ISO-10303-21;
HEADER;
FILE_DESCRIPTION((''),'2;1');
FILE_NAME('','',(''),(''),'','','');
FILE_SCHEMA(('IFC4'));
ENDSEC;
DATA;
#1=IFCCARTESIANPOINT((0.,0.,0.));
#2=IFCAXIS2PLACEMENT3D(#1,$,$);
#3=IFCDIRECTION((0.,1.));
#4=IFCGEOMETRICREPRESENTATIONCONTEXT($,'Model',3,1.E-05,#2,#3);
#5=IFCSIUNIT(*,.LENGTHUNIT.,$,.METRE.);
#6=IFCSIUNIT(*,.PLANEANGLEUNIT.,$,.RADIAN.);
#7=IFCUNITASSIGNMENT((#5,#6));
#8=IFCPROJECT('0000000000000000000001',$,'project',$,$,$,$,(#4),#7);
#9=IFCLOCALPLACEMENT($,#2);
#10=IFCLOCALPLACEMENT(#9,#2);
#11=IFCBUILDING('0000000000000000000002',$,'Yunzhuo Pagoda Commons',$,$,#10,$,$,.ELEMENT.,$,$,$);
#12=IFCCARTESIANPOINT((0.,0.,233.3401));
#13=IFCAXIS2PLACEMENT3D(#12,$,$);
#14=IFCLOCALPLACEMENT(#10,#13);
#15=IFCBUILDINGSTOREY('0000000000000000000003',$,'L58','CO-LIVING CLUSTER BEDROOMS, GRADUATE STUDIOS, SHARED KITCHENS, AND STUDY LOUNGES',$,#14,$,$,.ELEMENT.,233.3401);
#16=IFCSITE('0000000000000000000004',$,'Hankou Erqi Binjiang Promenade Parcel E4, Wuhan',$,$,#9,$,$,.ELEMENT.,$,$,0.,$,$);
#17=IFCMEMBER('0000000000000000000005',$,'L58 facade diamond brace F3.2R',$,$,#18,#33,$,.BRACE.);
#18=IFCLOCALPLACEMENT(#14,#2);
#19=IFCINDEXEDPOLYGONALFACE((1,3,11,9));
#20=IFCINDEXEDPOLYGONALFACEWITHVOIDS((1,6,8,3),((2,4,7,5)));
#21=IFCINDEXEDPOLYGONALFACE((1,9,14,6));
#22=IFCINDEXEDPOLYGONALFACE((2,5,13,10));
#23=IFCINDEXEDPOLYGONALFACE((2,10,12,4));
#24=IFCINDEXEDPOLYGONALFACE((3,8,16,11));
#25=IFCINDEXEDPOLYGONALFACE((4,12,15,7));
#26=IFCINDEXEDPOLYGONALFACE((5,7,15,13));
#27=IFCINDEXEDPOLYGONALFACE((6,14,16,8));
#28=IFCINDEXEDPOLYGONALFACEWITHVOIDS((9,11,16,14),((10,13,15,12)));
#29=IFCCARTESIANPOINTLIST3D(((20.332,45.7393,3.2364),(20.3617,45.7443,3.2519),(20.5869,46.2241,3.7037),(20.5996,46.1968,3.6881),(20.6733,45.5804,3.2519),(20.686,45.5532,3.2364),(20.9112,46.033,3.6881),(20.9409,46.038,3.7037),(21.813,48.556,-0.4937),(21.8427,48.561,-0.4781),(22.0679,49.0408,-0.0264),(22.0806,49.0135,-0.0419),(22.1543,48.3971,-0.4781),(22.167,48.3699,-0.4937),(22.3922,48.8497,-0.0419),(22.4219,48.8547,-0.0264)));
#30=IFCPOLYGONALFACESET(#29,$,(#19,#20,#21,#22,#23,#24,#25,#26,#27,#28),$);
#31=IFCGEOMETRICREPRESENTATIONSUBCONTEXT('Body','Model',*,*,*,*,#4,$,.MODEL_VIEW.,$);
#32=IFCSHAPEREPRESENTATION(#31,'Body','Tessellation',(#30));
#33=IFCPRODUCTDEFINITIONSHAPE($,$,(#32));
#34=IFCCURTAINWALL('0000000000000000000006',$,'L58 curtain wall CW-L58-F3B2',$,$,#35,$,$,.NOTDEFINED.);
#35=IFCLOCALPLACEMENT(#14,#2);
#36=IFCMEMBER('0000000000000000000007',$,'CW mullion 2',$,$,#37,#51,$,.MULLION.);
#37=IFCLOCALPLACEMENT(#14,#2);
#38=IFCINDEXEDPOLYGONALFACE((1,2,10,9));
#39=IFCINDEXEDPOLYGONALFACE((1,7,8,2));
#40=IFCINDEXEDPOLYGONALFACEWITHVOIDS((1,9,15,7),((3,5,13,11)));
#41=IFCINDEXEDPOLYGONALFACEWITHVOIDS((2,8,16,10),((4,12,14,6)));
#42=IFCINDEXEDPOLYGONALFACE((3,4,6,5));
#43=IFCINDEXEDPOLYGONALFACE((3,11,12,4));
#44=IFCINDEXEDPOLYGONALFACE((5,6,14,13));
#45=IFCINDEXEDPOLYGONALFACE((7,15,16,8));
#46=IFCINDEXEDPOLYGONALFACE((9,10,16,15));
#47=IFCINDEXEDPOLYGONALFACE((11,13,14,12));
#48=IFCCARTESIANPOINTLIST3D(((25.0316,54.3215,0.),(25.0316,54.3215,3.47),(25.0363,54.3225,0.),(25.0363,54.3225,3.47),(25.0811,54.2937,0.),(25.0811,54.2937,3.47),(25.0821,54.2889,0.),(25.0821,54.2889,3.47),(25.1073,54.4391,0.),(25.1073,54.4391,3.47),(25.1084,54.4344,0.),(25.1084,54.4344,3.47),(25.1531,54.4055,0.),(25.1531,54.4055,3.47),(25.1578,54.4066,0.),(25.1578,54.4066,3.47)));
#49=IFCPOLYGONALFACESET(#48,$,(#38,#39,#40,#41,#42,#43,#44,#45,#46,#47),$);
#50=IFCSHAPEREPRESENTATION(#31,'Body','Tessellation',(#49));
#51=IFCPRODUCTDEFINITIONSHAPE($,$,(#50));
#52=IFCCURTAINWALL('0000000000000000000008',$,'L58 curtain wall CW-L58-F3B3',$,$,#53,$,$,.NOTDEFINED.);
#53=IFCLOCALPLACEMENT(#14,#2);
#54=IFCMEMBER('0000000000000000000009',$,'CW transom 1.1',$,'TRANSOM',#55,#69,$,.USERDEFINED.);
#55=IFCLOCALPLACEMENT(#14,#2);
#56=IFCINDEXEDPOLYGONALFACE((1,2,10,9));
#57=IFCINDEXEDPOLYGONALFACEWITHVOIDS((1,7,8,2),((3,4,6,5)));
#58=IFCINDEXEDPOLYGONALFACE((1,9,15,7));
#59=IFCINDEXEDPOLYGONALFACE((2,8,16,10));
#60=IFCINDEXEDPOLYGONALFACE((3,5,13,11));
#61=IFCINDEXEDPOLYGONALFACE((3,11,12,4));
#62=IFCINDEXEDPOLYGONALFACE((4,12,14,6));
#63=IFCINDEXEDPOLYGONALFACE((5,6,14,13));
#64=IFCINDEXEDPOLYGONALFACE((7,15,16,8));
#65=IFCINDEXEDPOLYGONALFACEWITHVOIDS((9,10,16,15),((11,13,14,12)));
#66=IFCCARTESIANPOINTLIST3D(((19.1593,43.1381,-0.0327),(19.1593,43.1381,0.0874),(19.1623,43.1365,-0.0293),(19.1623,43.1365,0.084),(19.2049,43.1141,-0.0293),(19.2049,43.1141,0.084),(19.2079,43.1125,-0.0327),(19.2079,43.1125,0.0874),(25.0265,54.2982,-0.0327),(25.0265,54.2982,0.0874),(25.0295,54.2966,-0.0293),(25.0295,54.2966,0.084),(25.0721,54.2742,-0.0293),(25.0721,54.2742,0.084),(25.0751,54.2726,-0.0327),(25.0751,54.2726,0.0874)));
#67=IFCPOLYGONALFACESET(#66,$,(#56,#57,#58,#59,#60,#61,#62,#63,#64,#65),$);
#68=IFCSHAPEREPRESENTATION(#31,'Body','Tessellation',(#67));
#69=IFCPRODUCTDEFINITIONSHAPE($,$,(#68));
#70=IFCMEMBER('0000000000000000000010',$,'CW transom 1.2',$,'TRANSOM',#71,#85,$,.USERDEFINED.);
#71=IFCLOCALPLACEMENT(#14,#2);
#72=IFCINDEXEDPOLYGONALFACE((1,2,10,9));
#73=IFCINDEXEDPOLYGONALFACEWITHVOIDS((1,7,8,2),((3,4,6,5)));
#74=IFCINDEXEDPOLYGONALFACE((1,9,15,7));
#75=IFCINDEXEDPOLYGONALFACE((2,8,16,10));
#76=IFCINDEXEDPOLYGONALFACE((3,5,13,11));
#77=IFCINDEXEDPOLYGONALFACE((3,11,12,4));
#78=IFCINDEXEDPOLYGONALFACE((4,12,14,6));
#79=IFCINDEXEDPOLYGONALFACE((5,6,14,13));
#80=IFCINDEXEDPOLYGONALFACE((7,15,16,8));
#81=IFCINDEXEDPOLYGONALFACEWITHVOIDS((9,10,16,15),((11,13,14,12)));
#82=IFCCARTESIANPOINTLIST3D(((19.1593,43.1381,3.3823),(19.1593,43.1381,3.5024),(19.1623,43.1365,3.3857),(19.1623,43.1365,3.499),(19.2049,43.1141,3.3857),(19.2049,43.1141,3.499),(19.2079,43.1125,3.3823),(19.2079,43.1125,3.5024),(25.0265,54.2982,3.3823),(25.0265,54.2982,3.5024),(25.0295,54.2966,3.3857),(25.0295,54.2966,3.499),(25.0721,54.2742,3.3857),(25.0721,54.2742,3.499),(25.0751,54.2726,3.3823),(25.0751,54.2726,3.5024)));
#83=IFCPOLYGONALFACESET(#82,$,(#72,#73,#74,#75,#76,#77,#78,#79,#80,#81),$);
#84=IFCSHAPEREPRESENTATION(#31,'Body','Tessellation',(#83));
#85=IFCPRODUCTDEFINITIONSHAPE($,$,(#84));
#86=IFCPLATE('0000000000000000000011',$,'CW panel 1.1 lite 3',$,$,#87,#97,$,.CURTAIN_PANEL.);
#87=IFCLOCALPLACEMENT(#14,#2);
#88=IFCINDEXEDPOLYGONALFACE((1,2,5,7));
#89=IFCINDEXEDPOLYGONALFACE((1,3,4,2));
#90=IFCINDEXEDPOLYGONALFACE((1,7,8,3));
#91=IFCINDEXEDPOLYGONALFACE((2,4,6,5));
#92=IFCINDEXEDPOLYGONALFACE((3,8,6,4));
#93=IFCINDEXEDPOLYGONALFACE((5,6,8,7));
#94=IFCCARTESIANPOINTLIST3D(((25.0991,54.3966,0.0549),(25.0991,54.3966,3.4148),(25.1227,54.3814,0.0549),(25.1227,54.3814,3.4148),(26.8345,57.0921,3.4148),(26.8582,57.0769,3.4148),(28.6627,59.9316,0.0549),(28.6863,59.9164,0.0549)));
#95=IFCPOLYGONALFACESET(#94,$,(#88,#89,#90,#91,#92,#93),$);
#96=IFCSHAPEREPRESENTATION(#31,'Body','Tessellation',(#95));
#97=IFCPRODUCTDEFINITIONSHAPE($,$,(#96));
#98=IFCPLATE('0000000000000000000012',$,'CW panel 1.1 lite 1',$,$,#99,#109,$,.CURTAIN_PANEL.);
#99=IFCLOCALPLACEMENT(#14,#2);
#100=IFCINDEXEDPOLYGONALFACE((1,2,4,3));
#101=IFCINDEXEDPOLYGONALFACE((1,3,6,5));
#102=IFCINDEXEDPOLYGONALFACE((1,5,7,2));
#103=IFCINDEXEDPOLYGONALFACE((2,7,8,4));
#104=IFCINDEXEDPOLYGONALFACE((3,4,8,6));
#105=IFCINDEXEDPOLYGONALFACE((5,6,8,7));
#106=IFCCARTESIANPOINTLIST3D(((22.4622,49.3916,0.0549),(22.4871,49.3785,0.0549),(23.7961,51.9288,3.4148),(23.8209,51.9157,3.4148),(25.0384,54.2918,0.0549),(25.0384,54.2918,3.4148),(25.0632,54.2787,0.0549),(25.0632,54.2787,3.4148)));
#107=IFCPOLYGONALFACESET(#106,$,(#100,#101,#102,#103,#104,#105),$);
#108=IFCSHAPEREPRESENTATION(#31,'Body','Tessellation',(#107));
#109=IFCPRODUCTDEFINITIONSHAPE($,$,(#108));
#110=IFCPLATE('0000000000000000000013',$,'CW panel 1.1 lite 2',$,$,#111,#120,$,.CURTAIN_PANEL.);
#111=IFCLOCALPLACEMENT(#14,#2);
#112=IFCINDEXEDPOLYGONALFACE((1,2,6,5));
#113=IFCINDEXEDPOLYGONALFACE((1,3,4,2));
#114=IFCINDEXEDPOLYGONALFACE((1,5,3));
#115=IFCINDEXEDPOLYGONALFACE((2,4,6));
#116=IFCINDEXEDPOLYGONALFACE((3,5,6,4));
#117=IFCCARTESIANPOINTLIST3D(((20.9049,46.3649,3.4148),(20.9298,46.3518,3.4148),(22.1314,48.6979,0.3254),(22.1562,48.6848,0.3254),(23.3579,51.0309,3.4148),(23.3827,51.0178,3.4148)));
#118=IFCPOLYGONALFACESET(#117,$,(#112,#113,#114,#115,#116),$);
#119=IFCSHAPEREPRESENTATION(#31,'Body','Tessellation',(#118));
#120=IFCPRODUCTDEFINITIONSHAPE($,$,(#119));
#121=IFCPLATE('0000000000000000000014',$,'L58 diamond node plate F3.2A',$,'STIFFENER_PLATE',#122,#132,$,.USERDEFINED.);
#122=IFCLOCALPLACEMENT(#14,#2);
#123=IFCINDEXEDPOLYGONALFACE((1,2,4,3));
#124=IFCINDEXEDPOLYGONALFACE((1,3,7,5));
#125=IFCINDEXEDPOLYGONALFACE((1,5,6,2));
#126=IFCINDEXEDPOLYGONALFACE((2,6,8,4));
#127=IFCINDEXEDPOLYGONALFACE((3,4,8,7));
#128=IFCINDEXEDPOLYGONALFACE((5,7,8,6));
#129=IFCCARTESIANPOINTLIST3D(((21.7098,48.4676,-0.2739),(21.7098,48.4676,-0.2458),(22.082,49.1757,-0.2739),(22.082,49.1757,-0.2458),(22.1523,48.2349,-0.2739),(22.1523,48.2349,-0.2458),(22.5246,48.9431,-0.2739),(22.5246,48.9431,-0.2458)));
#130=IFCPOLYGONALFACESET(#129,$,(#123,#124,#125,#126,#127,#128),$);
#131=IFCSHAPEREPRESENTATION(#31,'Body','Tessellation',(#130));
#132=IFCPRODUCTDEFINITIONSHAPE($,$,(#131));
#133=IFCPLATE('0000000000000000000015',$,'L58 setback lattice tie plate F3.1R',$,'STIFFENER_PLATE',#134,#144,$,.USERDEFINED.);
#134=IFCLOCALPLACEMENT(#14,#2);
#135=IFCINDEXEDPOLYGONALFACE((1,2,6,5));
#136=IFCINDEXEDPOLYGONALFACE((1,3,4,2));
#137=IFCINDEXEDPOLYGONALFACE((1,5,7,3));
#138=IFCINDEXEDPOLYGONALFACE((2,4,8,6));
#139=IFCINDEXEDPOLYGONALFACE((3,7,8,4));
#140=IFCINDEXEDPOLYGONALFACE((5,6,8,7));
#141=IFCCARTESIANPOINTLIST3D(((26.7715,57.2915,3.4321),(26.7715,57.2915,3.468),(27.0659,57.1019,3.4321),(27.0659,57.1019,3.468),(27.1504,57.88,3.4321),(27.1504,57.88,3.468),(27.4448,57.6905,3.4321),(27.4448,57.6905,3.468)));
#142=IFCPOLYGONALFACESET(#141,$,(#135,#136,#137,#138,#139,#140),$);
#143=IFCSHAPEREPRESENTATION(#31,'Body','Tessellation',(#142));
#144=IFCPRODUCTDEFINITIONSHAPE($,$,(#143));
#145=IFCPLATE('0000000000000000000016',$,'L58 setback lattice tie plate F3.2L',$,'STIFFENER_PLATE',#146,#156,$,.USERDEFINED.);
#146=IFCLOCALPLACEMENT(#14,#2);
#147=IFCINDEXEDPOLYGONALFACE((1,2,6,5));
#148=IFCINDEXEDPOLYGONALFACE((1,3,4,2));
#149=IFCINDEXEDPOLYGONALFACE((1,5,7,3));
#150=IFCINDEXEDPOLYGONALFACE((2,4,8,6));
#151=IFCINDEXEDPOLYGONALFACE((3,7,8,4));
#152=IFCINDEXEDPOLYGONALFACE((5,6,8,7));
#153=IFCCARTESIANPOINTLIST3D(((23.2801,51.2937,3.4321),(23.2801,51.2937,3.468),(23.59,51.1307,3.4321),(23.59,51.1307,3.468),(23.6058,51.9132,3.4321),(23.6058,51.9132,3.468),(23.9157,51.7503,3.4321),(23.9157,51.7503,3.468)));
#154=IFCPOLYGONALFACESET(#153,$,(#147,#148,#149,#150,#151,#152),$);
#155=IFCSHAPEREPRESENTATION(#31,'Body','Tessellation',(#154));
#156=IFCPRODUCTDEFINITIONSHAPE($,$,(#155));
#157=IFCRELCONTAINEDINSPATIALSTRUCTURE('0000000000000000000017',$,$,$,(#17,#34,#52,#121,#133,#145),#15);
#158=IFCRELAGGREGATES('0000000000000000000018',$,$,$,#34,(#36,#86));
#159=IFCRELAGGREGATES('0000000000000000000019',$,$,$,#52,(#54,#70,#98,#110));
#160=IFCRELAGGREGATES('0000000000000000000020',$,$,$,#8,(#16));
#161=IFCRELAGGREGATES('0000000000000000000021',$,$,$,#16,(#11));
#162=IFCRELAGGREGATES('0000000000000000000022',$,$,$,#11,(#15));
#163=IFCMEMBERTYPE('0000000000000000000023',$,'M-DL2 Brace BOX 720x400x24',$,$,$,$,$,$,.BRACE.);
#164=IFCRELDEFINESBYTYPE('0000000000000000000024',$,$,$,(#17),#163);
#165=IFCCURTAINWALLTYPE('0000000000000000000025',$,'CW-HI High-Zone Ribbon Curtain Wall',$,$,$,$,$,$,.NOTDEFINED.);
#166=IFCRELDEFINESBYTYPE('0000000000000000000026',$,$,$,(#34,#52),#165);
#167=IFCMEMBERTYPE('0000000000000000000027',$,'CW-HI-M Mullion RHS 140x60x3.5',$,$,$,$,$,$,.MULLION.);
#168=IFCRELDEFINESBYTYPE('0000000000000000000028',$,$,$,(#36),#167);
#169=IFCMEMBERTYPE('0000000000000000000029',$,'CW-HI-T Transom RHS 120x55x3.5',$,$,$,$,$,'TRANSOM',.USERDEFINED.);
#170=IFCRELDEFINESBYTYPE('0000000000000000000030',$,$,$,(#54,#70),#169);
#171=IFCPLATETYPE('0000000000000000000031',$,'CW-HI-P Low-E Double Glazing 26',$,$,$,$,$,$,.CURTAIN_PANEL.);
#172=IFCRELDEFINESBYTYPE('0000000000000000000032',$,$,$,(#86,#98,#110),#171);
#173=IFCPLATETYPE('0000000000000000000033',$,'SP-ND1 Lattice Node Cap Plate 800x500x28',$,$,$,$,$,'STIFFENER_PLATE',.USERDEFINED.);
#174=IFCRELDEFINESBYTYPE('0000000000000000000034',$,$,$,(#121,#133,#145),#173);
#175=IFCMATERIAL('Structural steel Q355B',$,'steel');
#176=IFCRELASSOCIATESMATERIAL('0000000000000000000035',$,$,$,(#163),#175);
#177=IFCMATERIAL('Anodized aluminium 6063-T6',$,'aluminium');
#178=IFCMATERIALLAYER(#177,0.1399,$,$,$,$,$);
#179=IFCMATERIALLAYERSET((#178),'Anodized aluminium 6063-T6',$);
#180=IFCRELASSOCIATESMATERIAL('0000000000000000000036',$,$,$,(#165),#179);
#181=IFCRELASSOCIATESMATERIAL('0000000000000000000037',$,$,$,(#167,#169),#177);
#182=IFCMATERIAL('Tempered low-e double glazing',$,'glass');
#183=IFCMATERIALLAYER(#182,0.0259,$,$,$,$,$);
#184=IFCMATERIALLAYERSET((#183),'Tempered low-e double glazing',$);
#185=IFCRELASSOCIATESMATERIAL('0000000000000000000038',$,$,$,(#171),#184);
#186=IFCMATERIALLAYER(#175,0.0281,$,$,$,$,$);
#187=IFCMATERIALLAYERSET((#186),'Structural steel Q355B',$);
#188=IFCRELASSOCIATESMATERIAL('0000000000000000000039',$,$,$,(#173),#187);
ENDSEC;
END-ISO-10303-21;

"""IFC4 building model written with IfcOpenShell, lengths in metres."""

from ifc_helpers import new_model, si_unit, direction, frame, origin, origin_2d, place, context, subcontext, project, spatial, polyline, rectangle, hollow_rectangle, outline, extrude, source, transform, mapped, material, layer, layer_set, material_profile, profile_set, type_object, element, aggregate, save


model = new_model("IFC4")

# Units and contexts
model_context = context("Model", 3, precision=1e-05, world=origin(), true_north=direction((0.0, 1.0)))
body_context = subcontext(model_context, "Body", "Model", "MODEL_VIEW")
ifc_project = project(units=[si_unit("LENGTHUNIT", "METRE"), si_unit("PLANEANGLEUNIT", "RADIAN")], contexts=[model_context])

# Site, building, storey
site_placement = place(None, origin())
site = spatial("IfcSite", under=ifc_project, at=site_placement, Name="Hankou Erqi Binjiang Promenade Parcel E4, Wuhan", CompositionType="ELEMENT", RefElevation=0.0)
building_placement = place(site_placement, origin())
building = spatial("IfcBuilding", under=site, at=building_placement, Name="Yunzhuo Pagoda Commons", CompositionType="ELEMENT")
storey_placement = place(building_placement, frame((0.0, 0.0, 233.3401)))
storey = spatial("IfcBuildingStorey", under=building, at=storey_placement, Name="L58", Description="CO-LIVING CLUSTER BEDROOMS, GRADUATE STUDIOS, SHARED KITCHENS, AND STUDY LOUNGES", CompositionType="ELEMENT", Elevation=233.3401)

# Shared definitions
ifc_material_1 = material(Name="Structural steel Q355B", Category="steel")

# Member
ifc_material_profile_1 = material_profile(ifc_material_1, hollow_rectangle(XDim=0.3999, YDim=0.72, WallThickness=0.0239, at=origin_2d()), Name="Structural steel Q355B")
ifc_profile_set_1 = profile_set([ifc_material_profile_1], Name="Structural steel Q355B")
member_type_1 = type_object("IfcMemberType", Name="M-DL2 Brace BOX 720x400x24", PredefinedType="BRACE", material=ifc_profile_set_1)
shared_shape_1 = source(origin(), body_context, "Body", "SweptSolid", [
    extrude(hollow_rectangle(XDim=0.3999, YDim=0.72, WallThickness=0.0239, at=origin_2d()), origin(), (0.0, 0.0, 1.0), 4.9031),
])
member_1_placement = place(storey_placement, frame((22.1174, 48.7053, -0.26), z_axis=(-0.302051, -0.574474, 0.760753), x_axis=(0.885111, -0.46538, 0.0)))
element("IfcMember", 1, at=member_1_placement, inside=storey, type_object=member_type_1, Name="L58 facade diamond brace F3.2R", PredefinedType="BRACE", context=body_context, shape_type="MappedRepresentation", body=[
    mapped(shared_shape_1, transform((0.0, 0.0, 0.0), scale=1.0)),
])

# Curtain wall, member
ifc_material_2 = material(Name="Anodized aluminium 6063-T6", Category="aluminium")
ifc_layer_1 = layer(ifc_material_2, 0.1399)
ifc_layer_set_1 = layer_set([ifc_layer_1], Name="Anodized aluminium 6063-T6")
curtain_wall_type = type_object("IfcCurtainWallType", Name="CW-HI High-Zone Ribbon Curtain Wall", PredefinedType="NOTDEFINED", material=ifc_layer_set_1)
curtain_wall_1_placement = place(storey_placement, origin())
curtain_wall_1 = element("IfcCurtainWall", 2, at=curtain_wall_1_placement, inside=storey, type_object=curtain_wall_type, Name="L58 curtain wall CW-L58-F3B2", PredefinedType="NOTDEFINED")
ifc_material_profile_2 = material_profile(ifc_material_2, hollow_rectangle(XDim=0.0601, YDim=0.1399, WallThickness=0.0034, at=origin_2d()), Name="Anodized aluminium 6063-T6")
ifc_profile_set_2 = profile_set([ifc_material_profile_2], Name="Anodized aluminium 6063-T6")
member_type_2 = type_object("IfcMemberType", Name="CW-HI-M Mullion RHS 140x60x3.5", PredefinedType="MULLION", material=ifc_profile_set_2)
shared_shape_2 = source(origin(), body_context, "Body", "SweptSolid", [
    extrude(hollow_rectangle(XDim=0.0601, YDim=0.1399, WallThickness=0.0034, at=origin_2d()), origin(), (0.0, 0.0, 1.0), 3.47),
])
member_2_placement = place(storey_placement, frame((25.0947, 54.364, 0.0), z_axis=(0.0, 0.0, 1.0), x_axis=(0.840807, -0.541334, 0.0)))
member_2 = element("IfcMember", 3, at=member_2_placement, type_object=member_type_2, Name="CW mullion 2", PredefinedType="MULLION", context=body_context, shape_type="MappedRepresentation", body=[
    mapped(shared_shape_2, transform((0.0, 0.0, 0.0), scale=1.0)),
])

# Curtain wall, members
curtain_wall_2_placement = place(storey_placement, origin())
curtain_wall_2 = element("IfcCurtainWall", 4, at=curtain_wall_2_placement, inside=storey, type_object=curtain_wall_type, Name="L58 curtain wall CW-L58-F3B3", PredefinedType="NOTDEFINED")
ifc_material_profile_3 = material_profile(ifc_material_2, hollow_rectangle(XDim=0.0549, YDim=0.1201, WallThickness=0.0034, at=origin_2d()), Name="Anodized aluminium 6063-T6")
ifc_profile_set_3 = profile_set([ifc_material_profile_3], Name="Anodized aluminium 6063-T6")
member_type_3 = type_object("IfcMemberType", Name="CW-HI-T Transom RHS 120x55x3.5", ElementType="TRANSOM", PredefinedType="USERDEFINED", material=ifc_profile_set_3)
shared_shape_3 = source(origin(), body_context, "Body", "SweptSolid", [
    extrude(hollow_rectangle(XDim=0.0549, YDim=0.1201, WallThickness=0.0034, at=origin_2d()), origin(), (0.0, 0.0, 1.0), 12.6084),
])
member_3_placement = place(storey_placement, frame((25.0508, 54.2854, 0.0273), z_axis=(-0.465338, -0.885133, 0.0), x_axis=(0.885133, -0.465338, 0.0)))
member_3 = element("IfcMember", 5, at=member_3_placement, type_object=member_type_3, Name="CW transom 1.1", ObjectType="TRANSOM", PredefinedType="USERDEFINED", context=body_context, shape_type="MappedRepresentation", body=[
    mapped(shared_shape_3, transform((0.0, 0.0, 0.0), scale=1.0)),
])
member_4_placement = place(storey_placement, frame((25.0508, 54.2854, 3.4424), z_axis=(-0.465338, -0.885133, 0.0), x_axis=(0.885133, -0.465338, 0.0)))
member_4 = element("IfcMember", 6, at=member_4_placement, type_object=member_type_3, Name="CW transom 1.2", ObjectType="TRANSOM", PredefinedType="USERDEFINED", context=body_context, shape_type="MappedRepresentation", body=[
    mapped(shared_shape_3, transform((0.0, 0.0, 0.0), scale=1.0)),
])

# Plates
ifc_material_3 = material(Name="Tempered low-e double glazing", Category="glass")
ifc_layer_2 = layer(ifc_material_3, 0.0259)
ifc_layer_set_2 = layer_set([ifc_layer_2], Name="Tempered low-e double glazing")
plate_type_1 = type_object("IfcPlateType", Name="CW-HI-P Low-E Double Glazing 26", PredefinedType="CURTAIN_PANEL", material=ifc_layer_set_2)
plate_1_placement = place(storey_placement, frame((26.9045, 57.1489, 1.7349), z_axis=(-0.840807, 0.541334, 0.0), x_axis=(-0.541334, -0.840807, 0.0)))
plate_1 = element("IfcPlate", 7, at=plate_1_placement, type_object=plate_type_1, Name="CW panel 1.1 lite 3", PredefinedType="CURTAIN_PANEL", context=body_context, shape_type="SweptSolid", body=[
    extrude(outline(polyline([(-3.2915, -1.6799), (3.2915, -1.6799), (3.2915, 1.6799), (0.0857, 1.6799), (-3.2915, -1.6799)])), origin(), (0.0, 0.0, 1.0), 0.0281),
])
aggregate(curtain_wall_1, [member_2, plate_1])
plate_2_placement = place(storey_placement, frame((23.7751, 51.8286, 1.7349), z_axis=(-0.885138, 0.465329, 0.0), x_axis=(-0.465329, -0.885138, 0.0)))
plate_2 = element("IfcPlate", 8, at=plate_2_placement, type_object=plate_type_1, Name="CW panel 1.1 lite 1", PredefinedType="CURTAIN_PANEL", context=body_context, shape_type="SweptSolid", body=[
    extrude(outline(polyline([(-2.7681, -1.6799), (2.7681, -1.6799), (-0.0984, 1.6799), (-2.7681, 1.6799), (-2.7681, -1.6799)])), origin(), (0.0, 0.0, 1.0), 0.0281),
])
plate_3_placement = place(storey_placement, frame((22.1562, 48.6848, 1.8701), z_axis=(-0.885138, 0.465329, 0.0), x_axis=(-0.465329, -0.885138, 0.0)))
plate_3 = element("IfcPlate", 9, at=plate_3_placement, type_object=plate_type_1, Name="CW panel 1.1 lite 2", PredefinedType="CURTAIN_PANEL", context=body_context, shape_type="SweptSolid", body=[
    extrude(outline(polyline([(-2.6357, 1.5447), (0.0, -1.5447), (2.6357, 1.5447), (-2.6357, 1.5447)])), origin(), (0.0, 0.0, 1.0), 0.0281),
])
aggregate(curtain_wall_2, [member_3, member_4, plate_2, plate_3])

# Plates
ifc_layer_3 = layer(ifc_material_1, 0.0281)
ifc_layer_set_3 = layer_set([ifc_layer_3], Name="Structural steel Q355B")
plate_type_2 = type_object("IfcPlateType", Name="SP-ND1 Lattice Node Cap Plate 800x500x28", ElementType="STIFFENER_PLATE", PredefinedType="USERDEFINED", material=ifc_layer_set_3)
shared_shape_4 = source(origin(), body_context, "Body", "SweptSolid", [
    extrude(rectangle(XDim=0.8, YDim=0.5, at=origin_2d()), origin(), (0.0, 0.0, 1.0), 0.0281),
])
plate_4_placement = place(storey_placement, frame((22.1172, 48.7053, -0.2739), z_axis=(0.0, 0.0, 1.0), x_axis=(-0.465336, -0.885134, 0.0)))
element("IfcPlate", 10, at=plate_4_placement, inside=storey, type_object=plate_type_2, Name="L58 diamond node plate F3.2A", ObjectType="STIFFENER_PLATE", PredefinedType="USERDEFINED", context=body_context, shape_type="MappedRepresentation", body=[
    mapped(shared_shape_4, transform((0.0, 0.0, 0.0), scale=1.0)),
])
shared_shape_5 = source(origin(), body_context, "Body", "SweptSolid", [
    extrude(rectangle(XDim=0.7, YDim=0.3501, at=origin_2d()), origin(), (0.0, 0.0, 1.0), 0.0359),
])
for number, where, z_axis, x_axis, name in (
    (11, (27.1082, 57.491, 3.4321), (0.0, 0.0, 1.0), (-0.541341, -0.840803, 0.0), "L58 setback lattice tie plate F3.1R"),
    (12, (23.5979, 51.522, 3.4321), (0.0, 0.0, 1.0), (-0.465336, -0.885134, 0.0), "L58 setback lattice tie plate F3.2L"),
):
    element("IfcPlate", number, at=place(storey_placement, frame(where, z_axis=z_axis, x_axis=x_axis)), inside=storey, type_object=plate_type_2, Name=name, ObjectType="STIFFENER_PLATE", PredefinedType="USERDEFINED", context=body_context, shape_type="MappedRepresentation", body=[
        mapped(shared_shape_5, transform((0.0, 0.0, 0.0), scale=1.0)),
    ])

save(model, "model.ifc")
